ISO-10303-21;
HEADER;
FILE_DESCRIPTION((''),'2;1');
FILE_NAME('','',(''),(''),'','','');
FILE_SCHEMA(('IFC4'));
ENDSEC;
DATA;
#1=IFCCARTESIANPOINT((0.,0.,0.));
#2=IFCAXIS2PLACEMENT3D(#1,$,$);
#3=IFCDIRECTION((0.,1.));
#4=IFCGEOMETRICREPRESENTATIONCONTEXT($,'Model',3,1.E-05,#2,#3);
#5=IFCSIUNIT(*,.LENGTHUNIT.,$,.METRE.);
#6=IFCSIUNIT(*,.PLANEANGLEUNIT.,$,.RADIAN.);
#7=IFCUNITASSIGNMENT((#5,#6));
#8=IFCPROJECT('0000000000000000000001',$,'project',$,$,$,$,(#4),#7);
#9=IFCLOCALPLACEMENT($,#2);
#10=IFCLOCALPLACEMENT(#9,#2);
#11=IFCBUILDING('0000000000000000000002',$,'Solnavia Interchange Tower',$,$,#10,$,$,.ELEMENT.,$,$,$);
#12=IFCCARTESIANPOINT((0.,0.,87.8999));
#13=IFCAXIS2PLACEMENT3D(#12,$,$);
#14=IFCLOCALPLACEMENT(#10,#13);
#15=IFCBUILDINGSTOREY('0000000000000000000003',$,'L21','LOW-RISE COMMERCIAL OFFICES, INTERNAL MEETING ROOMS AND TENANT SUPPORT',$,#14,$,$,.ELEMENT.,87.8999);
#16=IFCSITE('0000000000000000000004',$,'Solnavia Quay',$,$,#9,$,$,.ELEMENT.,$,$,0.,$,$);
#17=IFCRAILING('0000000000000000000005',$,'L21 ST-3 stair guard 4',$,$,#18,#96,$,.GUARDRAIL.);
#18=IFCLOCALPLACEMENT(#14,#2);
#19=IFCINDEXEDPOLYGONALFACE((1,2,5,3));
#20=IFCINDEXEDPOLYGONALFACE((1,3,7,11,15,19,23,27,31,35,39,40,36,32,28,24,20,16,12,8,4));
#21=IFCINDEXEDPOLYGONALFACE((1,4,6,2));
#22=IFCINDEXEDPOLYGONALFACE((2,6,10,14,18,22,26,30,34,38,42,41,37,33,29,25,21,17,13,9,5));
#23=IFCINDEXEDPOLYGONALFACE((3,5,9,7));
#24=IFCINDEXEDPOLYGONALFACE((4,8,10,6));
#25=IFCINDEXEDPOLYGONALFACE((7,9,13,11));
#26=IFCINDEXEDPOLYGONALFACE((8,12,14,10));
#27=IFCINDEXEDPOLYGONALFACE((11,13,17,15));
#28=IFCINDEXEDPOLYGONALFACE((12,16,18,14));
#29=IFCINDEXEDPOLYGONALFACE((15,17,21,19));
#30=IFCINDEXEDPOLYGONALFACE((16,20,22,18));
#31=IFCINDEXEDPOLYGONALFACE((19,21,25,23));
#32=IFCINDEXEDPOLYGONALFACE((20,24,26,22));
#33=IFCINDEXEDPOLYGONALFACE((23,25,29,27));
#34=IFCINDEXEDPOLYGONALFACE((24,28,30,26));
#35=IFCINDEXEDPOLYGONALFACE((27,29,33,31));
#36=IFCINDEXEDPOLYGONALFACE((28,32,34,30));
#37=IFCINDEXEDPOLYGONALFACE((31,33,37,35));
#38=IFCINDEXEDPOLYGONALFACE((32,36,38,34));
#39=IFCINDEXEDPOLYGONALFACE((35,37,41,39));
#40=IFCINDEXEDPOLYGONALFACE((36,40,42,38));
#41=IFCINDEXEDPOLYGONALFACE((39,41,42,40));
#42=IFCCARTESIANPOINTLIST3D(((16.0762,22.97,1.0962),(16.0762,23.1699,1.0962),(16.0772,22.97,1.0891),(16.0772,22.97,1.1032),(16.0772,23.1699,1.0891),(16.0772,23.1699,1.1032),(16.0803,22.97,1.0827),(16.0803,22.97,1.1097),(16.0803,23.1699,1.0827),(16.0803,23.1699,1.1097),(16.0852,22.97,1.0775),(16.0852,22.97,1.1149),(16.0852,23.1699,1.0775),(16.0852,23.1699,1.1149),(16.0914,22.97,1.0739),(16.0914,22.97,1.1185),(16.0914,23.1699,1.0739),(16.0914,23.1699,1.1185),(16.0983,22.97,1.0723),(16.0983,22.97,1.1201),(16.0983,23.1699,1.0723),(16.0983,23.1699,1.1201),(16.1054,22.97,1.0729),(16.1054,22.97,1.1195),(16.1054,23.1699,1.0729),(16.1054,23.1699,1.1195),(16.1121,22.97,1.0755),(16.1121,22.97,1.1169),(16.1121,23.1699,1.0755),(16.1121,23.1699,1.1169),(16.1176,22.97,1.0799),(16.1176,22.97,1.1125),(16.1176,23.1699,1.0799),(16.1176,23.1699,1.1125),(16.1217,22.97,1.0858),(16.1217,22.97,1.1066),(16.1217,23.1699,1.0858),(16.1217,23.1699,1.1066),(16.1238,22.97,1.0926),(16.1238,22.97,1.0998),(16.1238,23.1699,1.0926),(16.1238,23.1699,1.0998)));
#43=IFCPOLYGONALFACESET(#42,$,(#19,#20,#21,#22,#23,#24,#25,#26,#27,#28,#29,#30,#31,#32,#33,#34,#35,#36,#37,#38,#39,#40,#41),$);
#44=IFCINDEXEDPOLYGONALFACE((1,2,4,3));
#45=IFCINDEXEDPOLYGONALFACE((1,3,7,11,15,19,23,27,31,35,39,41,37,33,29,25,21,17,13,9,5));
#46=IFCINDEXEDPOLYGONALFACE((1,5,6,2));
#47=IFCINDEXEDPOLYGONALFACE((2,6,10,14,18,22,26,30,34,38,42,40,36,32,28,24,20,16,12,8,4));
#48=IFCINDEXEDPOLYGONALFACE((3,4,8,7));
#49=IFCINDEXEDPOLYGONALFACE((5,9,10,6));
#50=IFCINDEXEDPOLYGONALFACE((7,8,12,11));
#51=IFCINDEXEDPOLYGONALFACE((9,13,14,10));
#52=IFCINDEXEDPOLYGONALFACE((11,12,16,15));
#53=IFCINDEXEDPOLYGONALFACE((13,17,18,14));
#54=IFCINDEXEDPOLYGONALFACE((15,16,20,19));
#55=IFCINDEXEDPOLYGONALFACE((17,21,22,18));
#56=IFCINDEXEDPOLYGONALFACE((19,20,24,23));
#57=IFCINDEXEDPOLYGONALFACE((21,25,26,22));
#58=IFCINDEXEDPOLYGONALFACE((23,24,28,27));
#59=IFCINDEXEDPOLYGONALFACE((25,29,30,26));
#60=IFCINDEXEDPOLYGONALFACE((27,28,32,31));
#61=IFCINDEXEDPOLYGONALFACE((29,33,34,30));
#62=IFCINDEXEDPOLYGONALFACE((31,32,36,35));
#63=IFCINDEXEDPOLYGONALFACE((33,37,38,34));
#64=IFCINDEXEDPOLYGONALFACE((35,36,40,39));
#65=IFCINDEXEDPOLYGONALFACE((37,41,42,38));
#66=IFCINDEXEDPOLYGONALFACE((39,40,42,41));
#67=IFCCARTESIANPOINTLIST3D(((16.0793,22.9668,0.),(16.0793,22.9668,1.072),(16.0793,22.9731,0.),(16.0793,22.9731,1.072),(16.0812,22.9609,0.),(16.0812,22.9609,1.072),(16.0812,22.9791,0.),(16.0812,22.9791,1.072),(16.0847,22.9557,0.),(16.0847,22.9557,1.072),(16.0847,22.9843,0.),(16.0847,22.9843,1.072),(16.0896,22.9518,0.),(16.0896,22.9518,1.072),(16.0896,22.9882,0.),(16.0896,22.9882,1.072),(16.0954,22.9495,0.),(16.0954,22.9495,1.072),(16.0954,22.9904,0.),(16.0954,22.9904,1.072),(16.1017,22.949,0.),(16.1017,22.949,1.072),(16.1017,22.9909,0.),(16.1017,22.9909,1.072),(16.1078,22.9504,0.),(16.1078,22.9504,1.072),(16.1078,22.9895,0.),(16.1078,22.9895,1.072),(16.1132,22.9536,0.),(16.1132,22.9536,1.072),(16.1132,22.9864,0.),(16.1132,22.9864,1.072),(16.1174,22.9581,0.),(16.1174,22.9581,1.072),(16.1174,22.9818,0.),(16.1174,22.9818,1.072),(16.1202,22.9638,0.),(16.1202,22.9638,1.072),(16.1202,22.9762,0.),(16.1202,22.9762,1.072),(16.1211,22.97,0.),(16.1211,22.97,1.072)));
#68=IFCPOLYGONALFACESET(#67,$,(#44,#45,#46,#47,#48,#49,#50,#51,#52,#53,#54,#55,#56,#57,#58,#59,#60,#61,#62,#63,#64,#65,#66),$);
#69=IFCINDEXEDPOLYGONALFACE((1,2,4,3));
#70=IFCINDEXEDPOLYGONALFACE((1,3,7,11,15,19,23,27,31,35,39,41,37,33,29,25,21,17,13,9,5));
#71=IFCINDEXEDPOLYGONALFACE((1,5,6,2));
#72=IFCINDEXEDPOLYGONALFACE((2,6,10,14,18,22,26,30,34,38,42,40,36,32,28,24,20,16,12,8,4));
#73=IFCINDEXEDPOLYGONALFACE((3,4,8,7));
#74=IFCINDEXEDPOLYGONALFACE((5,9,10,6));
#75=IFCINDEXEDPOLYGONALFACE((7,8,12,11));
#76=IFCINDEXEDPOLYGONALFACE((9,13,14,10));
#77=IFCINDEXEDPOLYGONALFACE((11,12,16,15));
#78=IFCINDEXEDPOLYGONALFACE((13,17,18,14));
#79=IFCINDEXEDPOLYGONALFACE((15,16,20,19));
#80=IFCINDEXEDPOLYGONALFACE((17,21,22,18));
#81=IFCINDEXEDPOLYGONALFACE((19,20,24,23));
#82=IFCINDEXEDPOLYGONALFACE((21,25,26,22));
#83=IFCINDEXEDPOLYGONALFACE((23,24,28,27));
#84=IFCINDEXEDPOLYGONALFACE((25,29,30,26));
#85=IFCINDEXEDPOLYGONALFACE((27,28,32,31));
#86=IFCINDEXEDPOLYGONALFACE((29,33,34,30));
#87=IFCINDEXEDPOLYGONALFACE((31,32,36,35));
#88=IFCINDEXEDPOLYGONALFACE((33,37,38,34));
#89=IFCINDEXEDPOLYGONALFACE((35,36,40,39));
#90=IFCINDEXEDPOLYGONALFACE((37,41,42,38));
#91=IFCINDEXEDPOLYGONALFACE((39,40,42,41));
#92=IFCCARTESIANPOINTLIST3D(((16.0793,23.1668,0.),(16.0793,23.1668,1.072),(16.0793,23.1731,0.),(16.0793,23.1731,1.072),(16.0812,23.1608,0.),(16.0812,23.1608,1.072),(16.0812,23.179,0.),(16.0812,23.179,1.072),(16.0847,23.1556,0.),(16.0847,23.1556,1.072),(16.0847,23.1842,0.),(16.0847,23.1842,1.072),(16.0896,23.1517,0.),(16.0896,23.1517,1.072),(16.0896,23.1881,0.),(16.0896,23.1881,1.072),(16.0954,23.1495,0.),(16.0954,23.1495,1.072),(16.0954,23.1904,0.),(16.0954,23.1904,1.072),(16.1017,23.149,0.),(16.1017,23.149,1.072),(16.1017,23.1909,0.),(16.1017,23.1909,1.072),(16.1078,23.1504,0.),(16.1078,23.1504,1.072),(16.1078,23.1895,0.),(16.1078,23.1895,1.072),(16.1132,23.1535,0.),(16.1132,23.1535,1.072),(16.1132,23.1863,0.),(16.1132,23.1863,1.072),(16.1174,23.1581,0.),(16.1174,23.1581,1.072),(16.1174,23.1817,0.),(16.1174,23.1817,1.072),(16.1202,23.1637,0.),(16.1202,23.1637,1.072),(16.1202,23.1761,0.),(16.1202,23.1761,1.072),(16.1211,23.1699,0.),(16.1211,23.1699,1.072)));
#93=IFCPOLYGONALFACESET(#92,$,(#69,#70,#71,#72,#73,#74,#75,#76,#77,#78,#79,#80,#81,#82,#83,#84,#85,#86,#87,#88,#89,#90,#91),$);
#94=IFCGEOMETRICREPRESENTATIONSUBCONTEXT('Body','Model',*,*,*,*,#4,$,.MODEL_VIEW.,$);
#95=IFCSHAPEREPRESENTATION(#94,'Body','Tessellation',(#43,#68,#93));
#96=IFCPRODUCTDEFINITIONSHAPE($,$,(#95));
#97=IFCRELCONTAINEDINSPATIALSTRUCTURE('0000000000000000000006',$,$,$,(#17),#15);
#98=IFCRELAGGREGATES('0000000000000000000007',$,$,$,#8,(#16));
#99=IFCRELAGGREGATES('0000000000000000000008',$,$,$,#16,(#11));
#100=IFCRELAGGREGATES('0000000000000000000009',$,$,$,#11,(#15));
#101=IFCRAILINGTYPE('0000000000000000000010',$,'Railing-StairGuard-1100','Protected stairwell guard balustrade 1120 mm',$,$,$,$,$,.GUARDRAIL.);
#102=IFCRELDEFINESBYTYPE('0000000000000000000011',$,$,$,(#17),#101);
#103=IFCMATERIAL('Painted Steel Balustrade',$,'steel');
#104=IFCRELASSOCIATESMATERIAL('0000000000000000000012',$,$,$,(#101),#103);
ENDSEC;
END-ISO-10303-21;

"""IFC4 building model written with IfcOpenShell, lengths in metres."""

from ifc_helpers import new_model, si_unit, direction, frame, origin, origin_2d, place, context, subcontext, project, spatial, circle, extrude, material, type_object, element, save


model = new_model("IFC4")

# Units and contexts
model_context = context("Model", 3, precision=1e-05, world=origin(), true_north=direction((0.0, 1.0)))
body_context = subcontext(model_context, "Body", "Model", "MODEL_VIEW")
ifc_project = project(units=[si_unit("LENGTHUNIT", "METRE"), si_unit("PLANEANGLEUNIT", "RADIAN")], contexts=[model_context])

# Site, building, storey
site_placement = place(None, origin())
site = spatial("IfcSite", under=ifc_project, at=site_placement, Name="Solnavia Quay", CompositionType="ELEMENT", RefElevation=0.0)
building_placement = place(site_placement, origin())
building = spatial("IfcBuilding", under=site, at=building_placement, Name="Solnavia Interchange Tower", CompositionType="ELEMENT")
storey_placement = place(building_placement, frame((0.0, 0.0, 87.8999)))
storey = spatial("IfcBuildingStorey", under=building, at=storey_placement, Name="L21", Description="LOW-RISE COMMERCIAL OFFICES, INTERNAL MEETING ROOMS AND TENANT SUPPORT", CompositionType="ELEMENT", Elevation=87.8999)

# Railing
ifc_material_1 = material(Name="Painted Steel Balustrade", Category="steel")
railing_type_1 = type_object("IfcRailingType", Name="Railing-StairGuard-1100", Description="Protected stairwell guard balustrade 1120 mm", PredefinedType="GUARDRAIL", material=ifc_material_1)
railing_1_placement = place(storey_placement, frame((16.1001, 22.97, 0.0)))
element("IfcRailing", 1, at=railing_1_placement, inside=storey, type_object=railing_type_1, Name="L21 ST-3 stair guard 4", PredefinedType="GUARDRAIL", context=body_context, shape_type="SweptSolid", body=[
    extrude(circle(Radius=0.0239, at=origin_2d()), frame((0.0, 0.0, 1.0962), z_axis=(0.0, 1.0, 0.0), x_axis=(-1.0, 0.0, 0.0)), (0.0, 0.0, 1.0), 0.2),
    extrude(circle(Radius=0.021, at=origin_2d()), origin(), (0.0, 0.0, 1.0), 1.072),
    extrude(circle(Radius=0.021, at=origin_2d()), frame((0.0, 0.2, 0.0)), (0.0, 0.0, 1.0), 1.072),
])

save(model, "model.ifc")
